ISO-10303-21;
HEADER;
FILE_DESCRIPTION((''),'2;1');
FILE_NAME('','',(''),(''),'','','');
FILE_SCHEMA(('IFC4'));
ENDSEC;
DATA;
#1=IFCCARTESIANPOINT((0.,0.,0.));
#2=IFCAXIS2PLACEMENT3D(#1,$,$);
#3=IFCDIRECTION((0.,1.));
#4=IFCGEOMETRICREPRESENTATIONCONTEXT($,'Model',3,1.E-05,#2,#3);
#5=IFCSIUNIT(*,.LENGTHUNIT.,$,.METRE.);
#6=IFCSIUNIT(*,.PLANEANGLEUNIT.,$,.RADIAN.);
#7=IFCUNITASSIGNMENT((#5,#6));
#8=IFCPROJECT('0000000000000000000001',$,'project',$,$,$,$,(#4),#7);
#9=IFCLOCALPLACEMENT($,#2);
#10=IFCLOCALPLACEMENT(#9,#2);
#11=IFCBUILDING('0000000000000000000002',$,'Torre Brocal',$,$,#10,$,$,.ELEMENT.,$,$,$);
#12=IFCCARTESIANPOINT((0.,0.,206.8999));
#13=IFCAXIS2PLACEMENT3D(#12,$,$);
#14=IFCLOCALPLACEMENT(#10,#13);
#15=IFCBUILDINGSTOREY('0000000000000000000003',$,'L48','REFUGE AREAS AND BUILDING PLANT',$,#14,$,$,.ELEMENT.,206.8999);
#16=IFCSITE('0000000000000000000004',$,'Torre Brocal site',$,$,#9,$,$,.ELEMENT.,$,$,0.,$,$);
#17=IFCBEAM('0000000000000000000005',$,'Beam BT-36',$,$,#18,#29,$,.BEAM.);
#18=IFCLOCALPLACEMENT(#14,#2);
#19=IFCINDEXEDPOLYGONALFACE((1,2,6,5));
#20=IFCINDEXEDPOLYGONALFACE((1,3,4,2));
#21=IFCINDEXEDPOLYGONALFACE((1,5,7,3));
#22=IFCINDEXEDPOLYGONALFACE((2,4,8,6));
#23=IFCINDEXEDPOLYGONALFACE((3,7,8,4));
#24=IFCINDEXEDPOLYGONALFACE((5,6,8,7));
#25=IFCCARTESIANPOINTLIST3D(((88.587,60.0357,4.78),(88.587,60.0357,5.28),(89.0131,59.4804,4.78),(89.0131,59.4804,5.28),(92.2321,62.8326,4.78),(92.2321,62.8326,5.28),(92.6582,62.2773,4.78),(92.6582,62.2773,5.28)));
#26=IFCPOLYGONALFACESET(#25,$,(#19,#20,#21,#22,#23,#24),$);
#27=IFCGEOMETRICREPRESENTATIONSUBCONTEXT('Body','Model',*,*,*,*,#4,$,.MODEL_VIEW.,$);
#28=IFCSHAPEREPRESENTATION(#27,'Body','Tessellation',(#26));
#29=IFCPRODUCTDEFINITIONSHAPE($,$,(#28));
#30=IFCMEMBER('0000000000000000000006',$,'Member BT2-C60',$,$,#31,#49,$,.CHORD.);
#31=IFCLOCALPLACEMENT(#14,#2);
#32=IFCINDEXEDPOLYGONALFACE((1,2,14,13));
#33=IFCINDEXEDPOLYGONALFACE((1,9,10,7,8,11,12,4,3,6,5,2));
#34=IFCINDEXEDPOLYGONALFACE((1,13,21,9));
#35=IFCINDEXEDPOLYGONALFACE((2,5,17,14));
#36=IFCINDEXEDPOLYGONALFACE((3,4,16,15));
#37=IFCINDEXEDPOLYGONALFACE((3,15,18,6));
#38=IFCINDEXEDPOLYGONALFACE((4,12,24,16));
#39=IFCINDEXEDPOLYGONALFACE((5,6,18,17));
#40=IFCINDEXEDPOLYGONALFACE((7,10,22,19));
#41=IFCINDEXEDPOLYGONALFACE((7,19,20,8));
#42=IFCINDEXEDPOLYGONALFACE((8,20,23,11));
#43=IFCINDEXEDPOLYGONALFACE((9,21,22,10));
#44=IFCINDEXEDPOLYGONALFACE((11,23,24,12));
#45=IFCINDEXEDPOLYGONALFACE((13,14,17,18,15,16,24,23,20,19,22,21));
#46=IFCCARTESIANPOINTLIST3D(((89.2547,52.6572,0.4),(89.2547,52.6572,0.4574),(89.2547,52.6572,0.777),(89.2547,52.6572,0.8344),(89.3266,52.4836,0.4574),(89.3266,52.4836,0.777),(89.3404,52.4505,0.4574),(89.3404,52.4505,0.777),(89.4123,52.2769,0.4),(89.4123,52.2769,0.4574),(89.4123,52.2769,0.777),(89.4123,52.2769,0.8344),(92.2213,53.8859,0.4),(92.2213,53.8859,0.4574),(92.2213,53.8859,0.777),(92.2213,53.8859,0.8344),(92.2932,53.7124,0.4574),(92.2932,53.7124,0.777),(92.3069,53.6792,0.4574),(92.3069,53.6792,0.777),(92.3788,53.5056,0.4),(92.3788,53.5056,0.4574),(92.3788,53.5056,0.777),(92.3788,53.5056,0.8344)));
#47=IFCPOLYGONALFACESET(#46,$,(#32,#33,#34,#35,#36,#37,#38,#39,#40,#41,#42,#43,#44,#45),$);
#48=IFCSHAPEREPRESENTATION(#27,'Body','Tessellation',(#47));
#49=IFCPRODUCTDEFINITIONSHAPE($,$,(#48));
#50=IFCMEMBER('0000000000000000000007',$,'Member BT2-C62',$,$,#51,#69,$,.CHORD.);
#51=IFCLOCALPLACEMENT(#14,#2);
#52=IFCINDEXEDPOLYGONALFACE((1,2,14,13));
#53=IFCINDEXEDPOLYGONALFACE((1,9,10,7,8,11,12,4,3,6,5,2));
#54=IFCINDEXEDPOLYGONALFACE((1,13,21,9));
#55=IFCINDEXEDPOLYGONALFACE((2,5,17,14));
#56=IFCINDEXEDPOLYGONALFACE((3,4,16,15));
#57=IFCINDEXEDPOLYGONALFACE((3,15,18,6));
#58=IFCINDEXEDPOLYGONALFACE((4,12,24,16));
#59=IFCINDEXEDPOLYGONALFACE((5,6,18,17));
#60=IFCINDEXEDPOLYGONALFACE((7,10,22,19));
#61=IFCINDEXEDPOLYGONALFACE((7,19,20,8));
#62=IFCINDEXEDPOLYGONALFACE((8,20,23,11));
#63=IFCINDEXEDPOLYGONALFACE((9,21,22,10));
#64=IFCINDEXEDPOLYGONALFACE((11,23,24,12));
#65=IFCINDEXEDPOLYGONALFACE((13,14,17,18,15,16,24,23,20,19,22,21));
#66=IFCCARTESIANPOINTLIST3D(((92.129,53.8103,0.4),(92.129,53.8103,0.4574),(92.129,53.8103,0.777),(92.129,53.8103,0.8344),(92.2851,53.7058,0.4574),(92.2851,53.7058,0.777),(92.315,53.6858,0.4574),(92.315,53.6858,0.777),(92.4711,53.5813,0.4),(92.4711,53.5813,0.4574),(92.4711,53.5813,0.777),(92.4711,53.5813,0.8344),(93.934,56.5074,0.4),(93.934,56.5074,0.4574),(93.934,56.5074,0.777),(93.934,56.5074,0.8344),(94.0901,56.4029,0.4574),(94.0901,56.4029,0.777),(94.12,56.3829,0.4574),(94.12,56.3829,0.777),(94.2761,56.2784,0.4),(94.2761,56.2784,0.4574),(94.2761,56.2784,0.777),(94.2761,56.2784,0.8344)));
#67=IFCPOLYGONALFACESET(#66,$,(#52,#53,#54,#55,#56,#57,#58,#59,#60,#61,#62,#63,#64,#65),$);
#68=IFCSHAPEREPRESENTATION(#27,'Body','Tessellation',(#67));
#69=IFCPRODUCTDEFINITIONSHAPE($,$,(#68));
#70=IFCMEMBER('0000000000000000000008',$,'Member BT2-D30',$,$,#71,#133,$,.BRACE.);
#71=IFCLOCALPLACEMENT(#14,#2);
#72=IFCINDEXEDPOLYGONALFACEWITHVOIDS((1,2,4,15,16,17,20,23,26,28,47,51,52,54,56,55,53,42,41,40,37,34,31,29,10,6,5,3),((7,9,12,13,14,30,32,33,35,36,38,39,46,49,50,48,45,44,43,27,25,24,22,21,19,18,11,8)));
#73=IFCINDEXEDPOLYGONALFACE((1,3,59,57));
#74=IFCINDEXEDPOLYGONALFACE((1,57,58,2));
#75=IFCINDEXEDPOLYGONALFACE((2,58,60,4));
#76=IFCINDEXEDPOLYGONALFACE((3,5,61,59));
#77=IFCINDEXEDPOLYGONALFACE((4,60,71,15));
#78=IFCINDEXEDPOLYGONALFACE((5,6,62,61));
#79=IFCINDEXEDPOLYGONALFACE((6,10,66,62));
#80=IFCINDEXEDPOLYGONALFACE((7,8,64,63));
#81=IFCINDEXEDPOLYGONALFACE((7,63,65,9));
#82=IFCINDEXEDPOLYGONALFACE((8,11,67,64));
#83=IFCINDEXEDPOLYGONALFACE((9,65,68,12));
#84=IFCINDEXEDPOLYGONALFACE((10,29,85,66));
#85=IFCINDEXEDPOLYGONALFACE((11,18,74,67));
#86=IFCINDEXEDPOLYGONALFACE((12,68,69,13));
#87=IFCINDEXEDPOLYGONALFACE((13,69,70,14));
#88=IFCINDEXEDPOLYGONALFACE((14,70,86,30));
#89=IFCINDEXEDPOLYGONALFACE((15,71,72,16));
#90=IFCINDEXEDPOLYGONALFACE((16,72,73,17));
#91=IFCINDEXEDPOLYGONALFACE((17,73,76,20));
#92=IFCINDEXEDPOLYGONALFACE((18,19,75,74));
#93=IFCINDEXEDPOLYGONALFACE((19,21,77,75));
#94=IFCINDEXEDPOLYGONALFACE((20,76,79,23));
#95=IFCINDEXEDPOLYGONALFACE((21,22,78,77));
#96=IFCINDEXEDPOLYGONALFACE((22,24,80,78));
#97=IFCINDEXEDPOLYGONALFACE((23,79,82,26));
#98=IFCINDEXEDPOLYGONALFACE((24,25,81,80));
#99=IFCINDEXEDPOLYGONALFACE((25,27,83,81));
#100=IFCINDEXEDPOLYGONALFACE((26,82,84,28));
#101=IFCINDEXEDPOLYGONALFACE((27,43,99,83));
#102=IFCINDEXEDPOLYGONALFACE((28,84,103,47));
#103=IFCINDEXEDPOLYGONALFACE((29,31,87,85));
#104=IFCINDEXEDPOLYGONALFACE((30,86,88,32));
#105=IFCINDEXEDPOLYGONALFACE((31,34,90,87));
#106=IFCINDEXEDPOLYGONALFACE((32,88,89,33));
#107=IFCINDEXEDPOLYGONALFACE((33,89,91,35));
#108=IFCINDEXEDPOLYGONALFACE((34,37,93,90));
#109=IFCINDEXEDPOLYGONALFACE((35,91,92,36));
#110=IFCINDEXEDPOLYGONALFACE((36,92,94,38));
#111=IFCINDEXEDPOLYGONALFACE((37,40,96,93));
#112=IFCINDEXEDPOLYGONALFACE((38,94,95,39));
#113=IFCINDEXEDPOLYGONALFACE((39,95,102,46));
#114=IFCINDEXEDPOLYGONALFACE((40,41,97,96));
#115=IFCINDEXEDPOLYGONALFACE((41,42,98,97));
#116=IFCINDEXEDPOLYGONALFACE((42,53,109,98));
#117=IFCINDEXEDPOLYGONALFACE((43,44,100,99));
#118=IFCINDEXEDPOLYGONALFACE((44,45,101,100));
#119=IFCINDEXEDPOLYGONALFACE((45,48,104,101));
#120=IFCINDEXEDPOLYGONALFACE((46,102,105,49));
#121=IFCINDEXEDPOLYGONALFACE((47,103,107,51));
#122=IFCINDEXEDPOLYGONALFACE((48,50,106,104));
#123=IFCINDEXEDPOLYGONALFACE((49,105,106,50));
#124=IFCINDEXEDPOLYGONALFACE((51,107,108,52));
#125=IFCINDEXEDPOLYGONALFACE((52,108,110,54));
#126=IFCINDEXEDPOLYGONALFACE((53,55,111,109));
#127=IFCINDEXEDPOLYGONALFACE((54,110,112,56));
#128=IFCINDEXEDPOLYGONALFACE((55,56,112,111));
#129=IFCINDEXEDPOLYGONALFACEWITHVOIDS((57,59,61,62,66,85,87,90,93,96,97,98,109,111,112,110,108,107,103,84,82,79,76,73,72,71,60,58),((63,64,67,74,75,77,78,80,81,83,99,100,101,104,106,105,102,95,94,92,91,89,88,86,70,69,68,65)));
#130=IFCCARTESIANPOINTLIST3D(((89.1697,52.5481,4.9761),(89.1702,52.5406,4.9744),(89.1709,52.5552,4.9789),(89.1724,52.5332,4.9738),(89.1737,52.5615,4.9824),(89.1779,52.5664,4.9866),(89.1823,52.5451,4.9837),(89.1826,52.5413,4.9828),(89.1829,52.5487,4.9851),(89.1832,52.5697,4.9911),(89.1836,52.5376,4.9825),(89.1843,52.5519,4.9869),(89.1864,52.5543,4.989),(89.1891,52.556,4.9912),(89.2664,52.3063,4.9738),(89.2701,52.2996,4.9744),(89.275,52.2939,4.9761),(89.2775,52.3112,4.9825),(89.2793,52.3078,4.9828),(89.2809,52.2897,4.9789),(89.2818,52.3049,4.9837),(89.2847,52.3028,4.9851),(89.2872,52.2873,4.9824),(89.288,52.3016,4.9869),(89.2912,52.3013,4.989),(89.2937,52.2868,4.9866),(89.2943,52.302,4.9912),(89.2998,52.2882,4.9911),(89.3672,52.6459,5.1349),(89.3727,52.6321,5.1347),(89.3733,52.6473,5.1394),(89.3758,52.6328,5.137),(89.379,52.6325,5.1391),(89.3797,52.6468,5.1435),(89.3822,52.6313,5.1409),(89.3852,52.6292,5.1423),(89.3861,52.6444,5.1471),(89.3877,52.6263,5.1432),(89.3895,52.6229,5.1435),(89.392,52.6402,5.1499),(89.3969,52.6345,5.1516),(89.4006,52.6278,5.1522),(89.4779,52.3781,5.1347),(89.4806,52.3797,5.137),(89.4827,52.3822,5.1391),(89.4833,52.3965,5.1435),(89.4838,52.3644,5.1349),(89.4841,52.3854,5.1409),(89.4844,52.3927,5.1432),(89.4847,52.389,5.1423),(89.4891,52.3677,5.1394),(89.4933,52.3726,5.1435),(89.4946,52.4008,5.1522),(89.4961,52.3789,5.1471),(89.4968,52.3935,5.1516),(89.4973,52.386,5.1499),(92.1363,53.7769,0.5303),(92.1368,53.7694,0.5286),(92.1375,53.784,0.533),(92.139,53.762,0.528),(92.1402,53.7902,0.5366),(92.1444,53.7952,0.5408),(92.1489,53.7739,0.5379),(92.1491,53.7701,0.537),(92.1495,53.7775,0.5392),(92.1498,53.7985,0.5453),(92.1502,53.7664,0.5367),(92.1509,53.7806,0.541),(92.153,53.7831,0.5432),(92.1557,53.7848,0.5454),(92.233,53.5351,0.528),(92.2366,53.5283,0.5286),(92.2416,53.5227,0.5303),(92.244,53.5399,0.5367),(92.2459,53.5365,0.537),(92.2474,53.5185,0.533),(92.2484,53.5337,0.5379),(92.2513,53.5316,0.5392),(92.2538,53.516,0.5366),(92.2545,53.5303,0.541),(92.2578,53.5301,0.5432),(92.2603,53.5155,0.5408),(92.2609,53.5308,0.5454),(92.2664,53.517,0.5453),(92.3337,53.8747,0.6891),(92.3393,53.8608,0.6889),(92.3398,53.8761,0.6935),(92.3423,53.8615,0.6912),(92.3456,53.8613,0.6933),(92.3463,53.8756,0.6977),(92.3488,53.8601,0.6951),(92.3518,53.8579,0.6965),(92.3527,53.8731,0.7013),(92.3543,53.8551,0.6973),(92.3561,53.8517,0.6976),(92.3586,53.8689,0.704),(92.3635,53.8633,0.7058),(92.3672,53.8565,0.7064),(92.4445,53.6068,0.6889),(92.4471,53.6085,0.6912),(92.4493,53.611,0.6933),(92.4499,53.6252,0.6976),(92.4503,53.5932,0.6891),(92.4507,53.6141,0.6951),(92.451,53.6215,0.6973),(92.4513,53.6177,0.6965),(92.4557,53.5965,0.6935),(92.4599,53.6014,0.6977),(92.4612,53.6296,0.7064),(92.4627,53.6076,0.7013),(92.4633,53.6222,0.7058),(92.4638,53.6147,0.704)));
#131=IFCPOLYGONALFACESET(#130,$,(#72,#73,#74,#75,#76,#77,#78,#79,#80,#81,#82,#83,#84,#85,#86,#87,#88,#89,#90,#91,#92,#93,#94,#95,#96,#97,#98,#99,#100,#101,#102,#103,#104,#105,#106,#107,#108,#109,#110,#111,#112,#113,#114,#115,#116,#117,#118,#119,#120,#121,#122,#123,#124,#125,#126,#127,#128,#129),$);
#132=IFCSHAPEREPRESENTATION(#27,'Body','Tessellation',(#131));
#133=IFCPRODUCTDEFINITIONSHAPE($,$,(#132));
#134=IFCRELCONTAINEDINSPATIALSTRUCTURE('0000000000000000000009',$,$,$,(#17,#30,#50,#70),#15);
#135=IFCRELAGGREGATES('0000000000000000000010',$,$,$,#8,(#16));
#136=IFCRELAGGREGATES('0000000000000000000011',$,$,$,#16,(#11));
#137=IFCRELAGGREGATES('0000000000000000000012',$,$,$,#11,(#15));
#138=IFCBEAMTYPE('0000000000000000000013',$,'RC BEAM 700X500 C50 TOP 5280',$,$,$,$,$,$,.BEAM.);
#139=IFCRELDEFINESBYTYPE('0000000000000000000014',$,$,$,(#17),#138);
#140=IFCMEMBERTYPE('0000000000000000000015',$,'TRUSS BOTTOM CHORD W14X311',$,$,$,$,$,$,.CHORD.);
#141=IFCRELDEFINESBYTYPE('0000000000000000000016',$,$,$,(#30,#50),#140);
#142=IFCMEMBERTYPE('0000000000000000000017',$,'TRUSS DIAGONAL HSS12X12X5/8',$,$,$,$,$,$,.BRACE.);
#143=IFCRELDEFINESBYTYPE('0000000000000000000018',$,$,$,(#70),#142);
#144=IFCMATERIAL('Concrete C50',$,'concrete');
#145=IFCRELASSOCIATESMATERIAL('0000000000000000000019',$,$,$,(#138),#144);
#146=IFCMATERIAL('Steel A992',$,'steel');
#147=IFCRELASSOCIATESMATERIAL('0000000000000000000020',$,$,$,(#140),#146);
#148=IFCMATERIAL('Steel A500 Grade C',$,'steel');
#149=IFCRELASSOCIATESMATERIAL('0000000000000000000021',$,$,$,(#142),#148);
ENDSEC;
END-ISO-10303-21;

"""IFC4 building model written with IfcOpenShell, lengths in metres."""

from ifc_helpers import new_model, si_unit, direction, frame, origin, origin_2d, place, context, subcontext, project, spatial, rectangle, hollow_rectangle, i_section, extrude, material, material_profile, profile_set, type_object, element, save


model = new_model("IFC4")

# Units and contexts
model_context = context("Model", 3, precision=1e-05, world=origin(), true_north=direction((0.0, 1.0)))
body_context = subcontext(model_context, "Body", "Model", "MODEL_VIEW")
ifc_project = project(units=[si_unit("LENGTHUNIT", "METRE"), si_unit("PLANEANGLEUNIT", "RADIAN")], contexts=[model_context])

# Site, building, storey
site_placement = place(None, origin())
site = spatial("IfcSite", under=ifc_project, at=site_placement, Name="Torre Brocal site", CompositionType="ELEMENT", RefElevation=0.0)
building_placement = place(site_placement, origin())
building = spatial("IfcBuilding", under=site, at=building_placement, Name="Torre Brocal", CompositionType="ELEMENT")
storey_placement = place(building_placement, frame((0.0, 0.0, 206.8999)))
storey = spatial("IfcBuildingStorey", under=building, at=storey_placement, Name="L48", Description="REFUGE AREAS AND BUILDING PLANT", CompositionType="ELEMENT", Elevation=206.8999)

# Beam
ifc_material_1 = material(Name="Concrete C50", Category="concrete")
ifc_material_profile_1 = material_profile(ifc_material_1, rectangle(XDim=0.7, YDim=0.5, at=origin_2d()), Name="RC 700X500")
ifc_profile_set_1 = profile_set([ifc_material_profile_1], Name="Concrete C50")
beam_type_1 = type_object("IfcBeamType", Name="RC BEAM 700X500 C50 TOP 5280", PredefinedType="BEAM", material=ifc_profile_set_1)
beam_1_placement = place(storey_placement, frame((88.8, 59.7581, 5.03), z_axis=(0.793358, 0.608755, 0.0), x_axis=(-0.608755, 0.793358, 0.0)))
element("IfcBeam", 1, at=beam_1_placement, inside=storey, type_object=beam_type_1, Name="Beam BT-36", PredefinedType="BEAM", context=body_context, shape_type="SweptSolid", body=[
    extrude(rectangle(XDim=0.7, YDim=0.5, at=origin_2d()), origin(), (0.0, 0.0, 1.0), 4.5945),
])

# Members
ifc_material_2 = material(Name="Steel A992", Category="steel")
ifc_material_profile_2 = material_profile(ifc_material_2, i_section(OverallWidth=0.4116, OverallDepth=0.4343, WebThickness=0.0359, FlangeThickness=0.0574, at=origin_2d()), Name="W14X311")
ifc_profile_set_2 = profile_set([ifc_material_profile_2], Name="Steel A992")
member_type_1 = type_object("IfcMemberType", Name="TRUSS BOTTOM CHORD W14X311", PredefinedType="CHORD", material=ifc_profile_set_2)
member_1_placement = place(storey_placement, frame((89.3335, 52.467, 0.6172), z_axis=(0.923882, 0.382676, 0.0), x_axis=(-0.382676, 0.923882, 0.0)))
element("IfcMember", 2, at=member_1_placement, inside=storey, type_object=member_type_1, Name="Member BT2-C60", PredefinedType="CHORD", context=body_context, shape_type="SweptSolid", body=[
    extrude(i_section(OverallWidth=0.4116, OverallDepth=0.4343, WebThickness=0.0359, FlangeThickness=0.0574, at=origin_2d()), origin(), (0.0, 0.0, 1.0), 3.2109),
])
member_2_placement = place(storey_placement, frame((92.3, 53.6958, 0.6172), z_axis=(0.556175, 0.831065, 0.0), x_axis=(-0.831065, 0.556175, 0.0)))
element("IfcMember", 3, at=member_2_placement, inside=storey, type_object=member_type_1, Name="Member BT2-C62", PredefinedType="CHORD", context=body_context, shape_type="SweptSolid", body=[
    extrude(i_section(OverallWidth=0.4116, OverallDepth=0.4343, WebThickness=0.0359, FlangeThickness=0.0574, at=origin_2d()), origin(), (0.0, 0.0, 1.0), 3.2454),
])
ifc_material_3 = material(Name="Steel A500 Grade C", Category="steel")
ifc_material_profile_3 = material_profile(ifc_material_3, hollow_rectangle(XDim=0.3047, YDim=0.3047, WallThickness=0.0149, InnerFilletRadius=0.0149, OuterFilletRadius=0.0295, at=origin_2d()), Name="HSS12X12X5/8")
ifc_profile_set_3 = profile_set([ifc_material_profile_3], Name="Steel A500 Grade C")
member_type_2 = type_object("IfcMemberType", Name="TRUSS DIAGONAL HSS12X12X5/8", PredefinedType="BRACE", material=ifc_profile_set_3)
member_3_placement = place(storey_placement, frame((89.3335, 52.467, 5.063), z_axis=(0.540936, 0.224058, -0.81067), x_axis=(-0.382676, 0.923882, 0.0)))
element("IfcMember", 4, at=member_3_placement, inside=storey, type_object=member_type_2, Name="Member BT2-D30", PredefinedType="BRACE", context=body_context, shape_type="SweptSolid", body=[
    extrude(hollow_rectangle(XDim=0.3047, YDim=0.3047, WallThickness=0.0149, InnerFilletRadius=0.0149, OuterFilletRadius=0.0295, at=origin_2d()), origin(), (0.0, 0.0, 1.0), 5.4841),
])

save(model, "model.ifc")
